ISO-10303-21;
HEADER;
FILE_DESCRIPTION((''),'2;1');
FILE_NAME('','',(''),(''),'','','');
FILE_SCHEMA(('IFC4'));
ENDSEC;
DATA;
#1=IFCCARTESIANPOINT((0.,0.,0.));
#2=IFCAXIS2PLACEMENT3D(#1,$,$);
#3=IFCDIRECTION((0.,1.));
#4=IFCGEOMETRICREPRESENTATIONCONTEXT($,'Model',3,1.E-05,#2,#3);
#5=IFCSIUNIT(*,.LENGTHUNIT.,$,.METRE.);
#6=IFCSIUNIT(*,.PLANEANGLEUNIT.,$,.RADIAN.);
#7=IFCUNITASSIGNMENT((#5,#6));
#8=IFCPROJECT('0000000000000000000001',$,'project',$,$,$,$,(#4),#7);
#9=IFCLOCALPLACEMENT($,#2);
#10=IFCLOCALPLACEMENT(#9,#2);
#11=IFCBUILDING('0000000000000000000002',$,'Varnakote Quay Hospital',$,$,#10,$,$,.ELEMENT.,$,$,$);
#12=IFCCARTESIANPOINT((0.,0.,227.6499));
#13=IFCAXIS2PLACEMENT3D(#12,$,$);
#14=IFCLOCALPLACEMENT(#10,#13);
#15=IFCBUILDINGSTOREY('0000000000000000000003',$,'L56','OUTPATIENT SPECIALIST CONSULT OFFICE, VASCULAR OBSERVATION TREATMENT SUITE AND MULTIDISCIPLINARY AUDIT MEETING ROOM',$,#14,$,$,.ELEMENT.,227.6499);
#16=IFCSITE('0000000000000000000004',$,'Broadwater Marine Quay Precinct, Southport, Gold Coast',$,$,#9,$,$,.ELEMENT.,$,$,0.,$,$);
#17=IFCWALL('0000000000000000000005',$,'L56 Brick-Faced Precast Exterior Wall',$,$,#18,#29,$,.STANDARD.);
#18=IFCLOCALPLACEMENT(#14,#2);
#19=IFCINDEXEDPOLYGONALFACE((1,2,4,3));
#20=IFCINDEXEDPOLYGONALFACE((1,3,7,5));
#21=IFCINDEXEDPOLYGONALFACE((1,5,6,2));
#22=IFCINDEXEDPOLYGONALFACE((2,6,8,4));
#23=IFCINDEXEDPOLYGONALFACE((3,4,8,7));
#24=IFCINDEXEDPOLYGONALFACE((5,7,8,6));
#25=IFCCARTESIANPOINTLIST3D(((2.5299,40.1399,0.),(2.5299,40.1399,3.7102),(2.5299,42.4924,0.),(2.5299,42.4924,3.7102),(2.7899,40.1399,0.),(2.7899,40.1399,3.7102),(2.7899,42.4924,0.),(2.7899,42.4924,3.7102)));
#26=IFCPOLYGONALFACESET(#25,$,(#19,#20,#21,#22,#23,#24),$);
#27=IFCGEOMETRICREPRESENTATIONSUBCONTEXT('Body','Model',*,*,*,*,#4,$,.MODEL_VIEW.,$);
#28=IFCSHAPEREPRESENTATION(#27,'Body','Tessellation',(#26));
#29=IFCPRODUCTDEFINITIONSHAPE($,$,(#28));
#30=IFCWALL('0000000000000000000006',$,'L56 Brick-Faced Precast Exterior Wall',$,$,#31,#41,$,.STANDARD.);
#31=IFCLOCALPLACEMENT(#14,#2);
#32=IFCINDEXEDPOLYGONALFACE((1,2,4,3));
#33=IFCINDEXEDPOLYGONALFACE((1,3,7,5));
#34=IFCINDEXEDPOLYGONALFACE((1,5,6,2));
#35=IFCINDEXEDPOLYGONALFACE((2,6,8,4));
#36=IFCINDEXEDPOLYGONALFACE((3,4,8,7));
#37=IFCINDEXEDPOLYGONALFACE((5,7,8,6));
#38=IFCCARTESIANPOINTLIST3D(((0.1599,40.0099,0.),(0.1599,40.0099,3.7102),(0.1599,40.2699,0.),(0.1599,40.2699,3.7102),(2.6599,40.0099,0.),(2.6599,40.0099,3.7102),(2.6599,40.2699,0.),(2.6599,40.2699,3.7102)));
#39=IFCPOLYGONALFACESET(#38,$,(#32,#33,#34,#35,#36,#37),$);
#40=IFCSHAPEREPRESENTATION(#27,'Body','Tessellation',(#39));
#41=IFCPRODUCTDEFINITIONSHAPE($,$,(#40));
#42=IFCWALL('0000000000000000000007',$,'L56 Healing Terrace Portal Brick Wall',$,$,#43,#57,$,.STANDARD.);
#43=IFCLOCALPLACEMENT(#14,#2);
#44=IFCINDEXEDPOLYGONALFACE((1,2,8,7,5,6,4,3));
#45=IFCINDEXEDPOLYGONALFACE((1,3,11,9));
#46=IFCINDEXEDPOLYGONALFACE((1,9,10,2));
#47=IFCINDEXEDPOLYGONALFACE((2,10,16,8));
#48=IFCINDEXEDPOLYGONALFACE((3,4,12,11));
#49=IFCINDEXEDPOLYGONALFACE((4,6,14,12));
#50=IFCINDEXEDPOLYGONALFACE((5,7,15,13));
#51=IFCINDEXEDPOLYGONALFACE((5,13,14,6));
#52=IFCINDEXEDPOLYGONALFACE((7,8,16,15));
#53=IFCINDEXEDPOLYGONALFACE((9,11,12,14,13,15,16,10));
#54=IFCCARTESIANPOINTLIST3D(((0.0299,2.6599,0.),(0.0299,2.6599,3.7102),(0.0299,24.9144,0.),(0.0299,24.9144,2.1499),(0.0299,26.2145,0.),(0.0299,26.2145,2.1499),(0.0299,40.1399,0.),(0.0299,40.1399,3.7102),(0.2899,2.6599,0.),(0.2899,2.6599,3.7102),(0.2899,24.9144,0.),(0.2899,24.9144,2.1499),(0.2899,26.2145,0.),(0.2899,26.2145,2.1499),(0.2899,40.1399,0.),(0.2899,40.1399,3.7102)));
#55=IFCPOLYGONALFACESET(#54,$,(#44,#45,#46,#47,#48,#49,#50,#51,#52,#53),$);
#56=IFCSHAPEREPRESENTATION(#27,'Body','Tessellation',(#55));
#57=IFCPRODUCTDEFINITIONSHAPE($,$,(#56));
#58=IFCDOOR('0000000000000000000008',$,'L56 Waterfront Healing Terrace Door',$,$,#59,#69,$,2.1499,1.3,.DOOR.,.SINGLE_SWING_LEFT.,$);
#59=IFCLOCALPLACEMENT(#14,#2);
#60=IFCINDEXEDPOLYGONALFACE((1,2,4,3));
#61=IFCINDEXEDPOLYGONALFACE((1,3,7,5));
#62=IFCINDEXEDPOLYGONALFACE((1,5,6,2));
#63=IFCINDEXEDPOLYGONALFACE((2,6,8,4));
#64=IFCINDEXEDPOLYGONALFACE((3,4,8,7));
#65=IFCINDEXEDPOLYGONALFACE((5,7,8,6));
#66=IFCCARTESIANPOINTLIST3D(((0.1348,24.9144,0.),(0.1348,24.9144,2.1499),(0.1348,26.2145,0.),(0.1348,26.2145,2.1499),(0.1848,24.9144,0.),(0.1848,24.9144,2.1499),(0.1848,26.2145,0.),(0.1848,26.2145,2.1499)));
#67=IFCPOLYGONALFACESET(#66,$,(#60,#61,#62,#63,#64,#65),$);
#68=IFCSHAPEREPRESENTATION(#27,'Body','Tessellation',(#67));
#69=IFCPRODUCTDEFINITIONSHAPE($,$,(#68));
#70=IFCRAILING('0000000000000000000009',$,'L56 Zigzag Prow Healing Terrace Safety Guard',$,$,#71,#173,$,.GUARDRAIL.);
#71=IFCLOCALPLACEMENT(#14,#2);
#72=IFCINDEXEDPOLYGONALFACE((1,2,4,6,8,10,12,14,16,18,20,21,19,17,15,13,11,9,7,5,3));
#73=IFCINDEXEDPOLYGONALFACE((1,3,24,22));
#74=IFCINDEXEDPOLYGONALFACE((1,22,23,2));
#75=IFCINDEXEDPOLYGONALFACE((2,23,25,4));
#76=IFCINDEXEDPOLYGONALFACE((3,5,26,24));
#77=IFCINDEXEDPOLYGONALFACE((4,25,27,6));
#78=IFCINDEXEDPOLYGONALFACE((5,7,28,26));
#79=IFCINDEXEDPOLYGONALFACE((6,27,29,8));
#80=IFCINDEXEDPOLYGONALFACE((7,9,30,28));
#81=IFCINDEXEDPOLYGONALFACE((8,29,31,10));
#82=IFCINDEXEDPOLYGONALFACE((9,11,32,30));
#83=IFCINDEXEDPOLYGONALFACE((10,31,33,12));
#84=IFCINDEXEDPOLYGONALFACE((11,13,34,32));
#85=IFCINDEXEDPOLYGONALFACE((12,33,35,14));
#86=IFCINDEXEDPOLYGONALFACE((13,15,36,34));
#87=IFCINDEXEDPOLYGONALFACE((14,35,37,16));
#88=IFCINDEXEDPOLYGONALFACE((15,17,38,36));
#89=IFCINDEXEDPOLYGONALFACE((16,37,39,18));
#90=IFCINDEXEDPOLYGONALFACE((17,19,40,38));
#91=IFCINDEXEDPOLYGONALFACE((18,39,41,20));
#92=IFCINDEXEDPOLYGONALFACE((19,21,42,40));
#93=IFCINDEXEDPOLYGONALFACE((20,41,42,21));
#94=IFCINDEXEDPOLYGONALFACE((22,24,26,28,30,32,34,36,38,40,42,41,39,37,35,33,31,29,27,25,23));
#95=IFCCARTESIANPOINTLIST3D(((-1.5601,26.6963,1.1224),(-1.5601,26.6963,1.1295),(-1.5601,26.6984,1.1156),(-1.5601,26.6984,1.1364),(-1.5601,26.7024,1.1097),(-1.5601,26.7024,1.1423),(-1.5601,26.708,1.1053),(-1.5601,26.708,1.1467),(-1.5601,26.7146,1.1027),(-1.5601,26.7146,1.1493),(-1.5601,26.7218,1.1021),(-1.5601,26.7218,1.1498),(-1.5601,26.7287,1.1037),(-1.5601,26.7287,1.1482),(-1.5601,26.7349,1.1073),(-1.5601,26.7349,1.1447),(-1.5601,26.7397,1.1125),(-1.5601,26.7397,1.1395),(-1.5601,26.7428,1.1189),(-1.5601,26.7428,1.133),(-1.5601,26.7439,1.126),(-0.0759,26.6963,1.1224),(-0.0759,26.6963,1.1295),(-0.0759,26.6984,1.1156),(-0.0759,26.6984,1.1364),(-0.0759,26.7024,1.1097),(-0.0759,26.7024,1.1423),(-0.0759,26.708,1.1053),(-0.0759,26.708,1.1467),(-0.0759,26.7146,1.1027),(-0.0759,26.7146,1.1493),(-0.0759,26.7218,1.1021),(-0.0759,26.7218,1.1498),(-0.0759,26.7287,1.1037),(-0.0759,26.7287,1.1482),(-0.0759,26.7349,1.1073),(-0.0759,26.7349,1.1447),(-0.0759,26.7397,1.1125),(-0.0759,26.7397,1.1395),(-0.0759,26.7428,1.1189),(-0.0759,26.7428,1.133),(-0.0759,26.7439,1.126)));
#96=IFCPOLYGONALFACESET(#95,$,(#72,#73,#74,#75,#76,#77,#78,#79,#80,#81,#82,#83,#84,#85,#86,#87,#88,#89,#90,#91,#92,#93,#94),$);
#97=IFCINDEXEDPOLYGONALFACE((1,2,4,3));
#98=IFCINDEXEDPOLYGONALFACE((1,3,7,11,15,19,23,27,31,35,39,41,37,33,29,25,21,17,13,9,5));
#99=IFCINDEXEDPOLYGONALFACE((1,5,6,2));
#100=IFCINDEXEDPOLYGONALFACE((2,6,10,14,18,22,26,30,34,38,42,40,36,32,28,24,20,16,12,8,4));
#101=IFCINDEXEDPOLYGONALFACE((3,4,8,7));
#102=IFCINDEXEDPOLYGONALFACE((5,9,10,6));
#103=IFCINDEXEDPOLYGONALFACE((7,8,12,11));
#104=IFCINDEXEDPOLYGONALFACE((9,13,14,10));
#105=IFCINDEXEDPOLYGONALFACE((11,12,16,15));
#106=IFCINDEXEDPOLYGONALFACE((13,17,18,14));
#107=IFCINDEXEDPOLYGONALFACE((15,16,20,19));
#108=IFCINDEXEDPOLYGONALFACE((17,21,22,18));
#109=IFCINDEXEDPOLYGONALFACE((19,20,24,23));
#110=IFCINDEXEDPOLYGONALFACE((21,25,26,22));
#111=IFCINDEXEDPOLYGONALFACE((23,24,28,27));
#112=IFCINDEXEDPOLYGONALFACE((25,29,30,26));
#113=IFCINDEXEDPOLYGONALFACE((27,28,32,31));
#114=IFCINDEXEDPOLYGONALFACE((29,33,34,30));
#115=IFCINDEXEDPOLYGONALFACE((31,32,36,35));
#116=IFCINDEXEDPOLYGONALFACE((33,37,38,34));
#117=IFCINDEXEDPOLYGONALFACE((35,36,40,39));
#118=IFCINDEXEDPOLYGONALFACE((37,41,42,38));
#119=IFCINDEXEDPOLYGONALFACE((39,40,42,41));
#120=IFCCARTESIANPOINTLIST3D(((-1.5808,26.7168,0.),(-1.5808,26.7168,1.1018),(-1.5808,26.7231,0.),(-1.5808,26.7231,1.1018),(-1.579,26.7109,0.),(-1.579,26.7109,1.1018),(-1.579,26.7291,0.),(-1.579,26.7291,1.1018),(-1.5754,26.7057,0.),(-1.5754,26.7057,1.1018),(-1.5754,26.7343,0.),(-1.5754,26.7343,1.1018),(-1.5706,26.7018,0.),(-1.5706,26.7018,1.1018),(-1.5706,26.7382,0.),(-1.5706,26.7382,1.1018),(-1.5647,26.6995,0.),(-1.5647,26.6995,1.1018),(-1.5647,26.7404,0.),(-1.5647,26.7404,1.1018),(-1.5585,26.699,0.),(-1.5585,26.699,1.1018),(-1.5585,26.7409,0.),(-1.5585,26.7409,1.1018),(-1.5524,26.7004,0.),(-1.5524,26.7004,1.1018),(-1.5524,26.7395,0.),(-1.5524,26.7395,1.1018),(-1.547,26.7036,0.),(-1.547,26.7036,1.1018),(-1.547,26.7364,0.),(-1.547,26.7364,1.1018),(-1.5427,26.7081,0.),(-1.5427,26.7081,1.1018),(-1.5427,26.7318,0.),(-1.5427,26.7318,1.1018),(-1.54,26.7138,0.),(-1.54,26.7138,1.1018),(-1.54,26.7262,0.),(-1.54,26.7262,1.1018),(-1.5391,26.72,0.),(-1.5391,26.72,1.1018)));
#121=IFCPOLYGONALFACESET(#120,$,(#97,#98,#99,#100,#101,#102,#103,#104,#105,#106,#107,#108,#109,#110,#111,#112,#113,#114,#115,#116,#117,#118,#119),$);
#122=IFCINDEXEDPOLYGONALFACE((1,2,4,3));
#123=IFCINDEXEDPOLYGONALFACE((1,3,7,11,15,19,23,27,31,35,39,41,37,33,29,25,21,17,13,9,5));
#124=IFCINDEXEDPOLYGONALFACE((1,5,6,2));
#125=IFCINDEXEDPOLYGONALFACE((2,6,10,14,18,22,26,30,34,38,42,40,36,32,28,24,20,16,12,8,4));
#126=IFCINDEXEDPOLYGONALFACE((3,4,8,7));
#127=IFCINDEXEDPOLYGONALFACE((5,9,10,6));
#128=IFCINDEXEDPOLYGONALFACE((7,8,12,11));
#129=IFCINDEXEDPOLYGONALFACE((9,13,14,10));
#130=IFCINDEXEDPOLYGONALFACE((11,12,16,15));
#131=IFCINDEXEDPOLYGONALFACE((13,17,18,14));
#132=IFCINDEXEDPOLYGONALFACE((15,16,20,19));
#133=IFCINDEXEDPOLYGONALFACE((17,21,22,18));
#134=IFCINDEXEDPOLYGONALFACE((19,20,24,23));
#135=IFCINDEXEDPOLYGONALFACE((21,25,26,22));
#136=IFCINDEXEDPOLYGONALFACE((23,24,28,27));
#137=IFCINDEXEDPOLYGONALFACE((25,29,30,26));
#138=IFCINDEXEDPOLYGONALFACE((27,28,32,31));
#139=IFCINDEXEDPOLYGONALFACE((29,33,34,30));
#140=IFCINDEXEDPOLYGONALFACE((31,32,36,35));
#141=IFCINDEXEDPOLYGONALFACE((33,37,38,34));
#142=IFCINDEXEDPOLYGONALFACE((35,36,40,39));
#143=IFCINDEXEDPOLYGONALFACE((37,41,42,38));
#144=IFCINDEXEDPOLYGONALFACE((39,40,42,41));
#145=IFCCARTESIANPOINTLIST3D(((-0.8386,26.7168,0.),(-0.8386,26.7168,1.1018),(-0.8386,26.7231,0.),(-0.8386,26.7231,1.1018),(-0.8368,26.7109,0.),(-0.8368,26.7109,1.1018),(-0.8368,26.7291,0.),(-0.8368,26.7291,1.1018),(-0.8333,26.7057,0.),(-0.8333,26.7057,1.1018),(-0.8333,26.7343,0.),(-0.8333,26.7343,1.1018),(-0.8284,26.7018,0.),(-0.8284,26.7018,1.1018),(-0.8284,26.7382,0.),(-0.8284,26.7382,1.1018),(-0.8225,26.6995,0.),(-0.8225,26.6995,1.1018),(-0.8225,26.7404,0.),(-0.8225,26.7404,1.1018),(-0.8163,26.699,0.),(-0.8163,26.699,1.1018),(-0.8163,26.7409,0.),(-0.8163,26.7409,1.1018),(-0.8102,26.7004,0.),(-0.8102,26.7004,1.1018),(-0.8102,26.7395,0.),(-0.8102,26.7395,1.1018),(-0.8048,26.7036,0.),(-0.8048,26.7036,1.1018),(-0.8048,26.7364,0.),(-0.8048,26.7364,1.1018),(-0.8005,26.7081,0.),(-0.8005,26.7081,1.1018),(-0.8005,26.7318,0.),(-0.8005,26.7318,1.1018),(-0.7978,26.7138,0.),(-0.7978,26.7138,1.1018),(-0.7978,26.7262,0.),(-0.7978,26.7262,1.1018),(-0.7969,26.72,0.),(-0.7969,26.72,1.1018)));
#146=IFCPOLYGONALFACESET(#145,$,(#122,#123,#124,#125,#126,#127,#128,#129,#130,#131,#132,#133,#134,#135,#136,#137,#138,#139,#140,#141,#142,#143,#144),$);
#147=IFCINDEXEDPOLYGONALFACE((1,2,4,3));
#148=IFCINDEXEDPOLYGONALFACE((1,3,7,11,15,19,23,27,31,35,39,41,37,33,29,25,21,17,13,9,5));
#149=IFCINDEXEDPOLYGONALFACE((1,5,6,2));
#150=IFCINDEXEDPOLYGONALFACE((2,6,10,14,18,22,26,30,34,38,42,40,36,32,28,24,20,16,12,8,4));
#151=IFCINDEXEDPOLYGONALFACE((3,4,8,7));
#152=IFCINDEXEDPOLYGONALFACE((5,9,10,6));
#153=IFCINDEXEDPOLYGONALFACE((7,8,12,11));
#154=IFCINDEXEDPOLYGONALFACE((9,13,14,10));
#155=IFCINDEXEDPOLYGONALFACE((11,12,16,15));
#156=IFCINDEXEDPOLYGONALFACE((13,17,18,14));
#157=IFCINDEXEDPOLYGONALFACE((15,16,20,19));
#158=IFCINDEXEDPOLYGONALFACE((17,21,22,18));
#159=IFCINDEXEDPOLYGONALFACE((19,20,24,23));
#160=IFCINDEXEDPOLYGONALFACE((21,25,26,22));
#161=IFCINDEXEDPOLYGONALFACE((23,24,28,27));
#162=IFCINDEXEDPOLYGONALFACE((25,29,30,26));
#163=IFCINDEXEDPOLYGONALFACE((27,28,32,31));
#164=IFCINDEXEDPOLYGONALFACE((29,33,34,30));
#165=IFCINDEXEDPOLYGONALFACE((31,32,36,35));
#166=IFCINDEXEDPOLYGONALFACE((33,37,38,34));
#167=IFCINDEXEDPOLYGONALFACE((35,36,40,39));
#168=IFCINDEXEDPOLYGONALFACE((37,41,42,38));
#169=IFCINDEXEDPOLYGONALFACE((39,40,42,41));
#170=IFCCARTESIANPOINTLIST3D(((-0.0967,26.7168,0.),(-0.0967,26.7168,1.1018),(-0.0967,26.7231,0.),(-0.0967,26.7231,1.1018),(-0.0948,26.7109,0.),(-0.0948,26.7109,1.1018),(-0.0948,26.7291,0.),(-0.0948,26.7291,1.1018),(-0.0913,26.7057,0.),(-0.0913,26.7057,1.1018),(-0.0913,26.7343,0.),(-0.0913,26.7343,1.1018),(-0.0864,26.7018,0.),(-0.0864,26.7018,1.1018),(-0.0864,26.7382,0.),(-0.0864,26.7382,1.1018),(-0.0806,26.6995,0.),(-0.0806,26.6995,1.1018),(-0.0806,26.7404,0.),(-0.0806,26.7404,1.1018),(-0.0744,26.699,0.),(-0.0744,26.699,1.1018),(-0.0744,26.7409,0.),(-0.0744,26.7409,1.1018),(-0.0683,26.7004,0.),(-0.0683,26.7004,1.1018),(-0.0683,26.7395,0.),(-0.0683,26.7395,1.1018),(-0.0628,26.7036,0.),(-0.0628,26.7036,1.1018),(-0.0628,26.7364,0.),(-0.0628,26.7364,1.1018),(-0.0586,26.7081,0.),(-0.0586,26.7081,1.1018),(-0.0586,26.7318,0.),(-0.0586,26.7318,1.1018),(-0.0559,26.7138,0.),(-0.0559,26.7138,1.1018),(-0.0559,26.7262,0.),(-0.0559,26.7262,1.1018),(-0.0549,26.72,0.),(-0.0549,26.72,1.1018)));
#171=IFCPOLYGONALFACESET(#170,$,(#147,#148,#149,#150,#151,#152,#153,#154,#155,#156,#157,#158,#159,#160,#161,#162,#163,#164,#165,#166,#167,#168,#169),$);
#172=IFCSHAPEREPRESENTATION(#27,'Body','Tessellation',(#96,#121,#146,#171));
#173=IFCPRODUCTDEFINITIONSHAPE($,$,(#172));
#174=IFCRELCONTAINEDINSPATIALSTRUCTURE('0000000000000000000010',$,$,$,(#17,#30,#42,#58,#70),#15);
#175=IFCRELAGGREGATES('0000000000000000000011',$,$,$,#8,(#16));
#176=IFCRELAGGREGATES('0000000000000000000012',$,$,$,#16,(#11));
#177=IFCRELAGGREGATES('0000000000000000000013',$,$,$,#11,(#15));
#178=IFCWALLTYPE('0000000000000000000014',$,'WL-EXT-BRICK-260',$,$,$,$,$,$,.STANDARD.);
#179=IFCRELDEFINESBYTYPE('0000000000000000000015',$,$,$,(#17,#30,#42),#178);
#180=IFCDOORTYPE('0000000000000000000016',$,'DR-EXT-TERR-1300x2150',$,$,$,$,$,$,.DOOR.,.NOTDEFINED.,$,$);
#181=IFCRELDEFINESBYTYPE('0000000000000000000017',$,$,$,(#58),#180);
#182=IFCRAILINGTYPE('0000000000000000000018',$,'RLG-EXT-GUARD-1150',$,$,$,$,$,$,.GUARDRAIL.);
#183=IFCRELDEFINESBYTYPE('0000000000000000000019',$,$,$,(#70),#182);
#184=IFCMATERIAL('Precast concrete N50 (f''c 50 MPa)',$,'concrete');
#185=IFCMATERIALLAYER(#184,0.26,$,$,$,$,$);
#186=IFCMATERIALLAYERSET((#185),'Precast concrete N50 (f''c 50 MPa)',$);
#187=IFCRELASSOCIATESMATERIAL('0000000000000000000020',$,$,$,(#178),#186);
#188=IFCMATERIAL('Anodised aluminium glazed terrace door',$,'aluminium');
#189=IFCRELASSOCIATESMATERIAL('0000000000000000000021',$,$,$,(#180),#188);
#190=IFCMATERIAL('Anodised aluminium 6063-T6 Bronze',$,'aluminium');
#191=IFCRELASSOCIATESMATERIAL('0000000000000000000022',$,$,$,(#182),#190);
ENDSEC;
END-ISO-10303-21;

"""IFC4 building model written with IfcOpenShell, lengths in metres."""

from ifc_helpers import new_model, si_unit, direction, frame, frame_2d, origin, origin_2d, place, context, subcontext, project, spatial, rectangle, circle, extrude, material, layer, layer_set, type_object, element, fill, save


model = new_model("IFC4")

# Units and contexts
model_context = context("Model", 3, precision=1e-05, world=origin(), true_north=direction((0.0, 1.0)))
body_context = subcontext(model_context, "Body", "Model", "MODEL_VIEW")
ifc_project = project(units=[si_unit("LENGTHUNIT", "METRE"), si_unit("PLANEANGLEUNIT", "RADIAN")], contexts=[model_context])

# Site, building, storey
site_placement = place(None, origin())
site = spatial("IfcSite", under=ifc_project, at=site_placement, Name="Broadwater Marine Quay Precinct, Southport, Gold Coast", CompositionType="ELEMENT", RefElevation=0.0)
building_placement = place(site_placement, origin())
building = spatial("IfcBuilding", under=site, at=building_placement, Name="Varnakote Quay Hospital", CompositionType="ELEMENT")
storey_placement = place(building_placement, frame((0.0, 0.0, 227.6499)))
storey = spatial("IfcBuildingStorey", under=building, at=storey_placement, Name="L56", Description="OUTPATIENT SPECIALIST CONSULT OFFICE, VASCULAR OBSERVATION TREATMENT SUITE AND MULTIDISCIPLINARY AUDIT MEETING ROOM", CompositionType="ELEMENT", Elevation=227.6499)

# Walls
ifc_material_1 = material(Name="Precast concrete N50 (f'c 50 MPa)", Category="concrete")
ifc_layer = layer(ifc_material_1, 0.26)
ifc_layer_set = layer_set([ifc_layer], Name="Precast concrete N50 (f'c 50 MPa)")
wall_type = type_object("IfcWallType", Name="WL-EXT-BRICK-260", PredefinedType="STANDARD", material=ifc_layer_set)
wall_1_placement = place(storey_placement, frame((2.6599, 42.4924, 0.0), z_axis=(0.0, 0.0, 1.0), x_axis=(0.0, -1.0, 0.0)))
element("IfcWall", 1, at=wall_1_placement, inside=storey, type_object=wall_type, Name="L56 Brick-Faced Precast Exterior Wall", PredefinedType="STANDARD", context=body_context, shape_type="SweptSolid", body=[
    extrude(rectangle(XDim=2.3525, YDim=0.26, at=frame_2d((1.1763, 0.0))), origin(), (0.0, 0.0, 1.0), 3.7102),
])
wall_2_placement = place(storey_placement, frame((2.6599, 40.1399, 0.0), z_axis=(0.0, 0.0, 1.0), x_axis=(-1.0, 0.0, 0.0)))
element("IfcWall", 2, at=wall_2_placement, inside=storey, type_object=wall_type, Name="L56 Brick-Faced Precast Exterior Wall", PredefinedType="STANDARD", context=body_context, shape_type="SweptSolid", body=[
    extrude(rectangle(XDim=2.5, YDim=0.26, at=frame_2d((1.25, 0.0))), origin(), (0.0, 0.0, 1.0), 3.7102),
])

# Wall, opening, door
wall_3_placement = place(storey_placement, frame((0.1599, 40.1399, 0.0), z_axis=(0.0, 0.0, 1.0), x_axis=(0.0, -1.0, 0.0)))
wall_3 = element("IfcWall", 3, at=wall_3_placement, inside=storey, type_object=wall_type, Name="L56 Healing Terrace Portal Brick Wall", PredefinedType="STANDARD", context=body_context, shape_type="SweptSolid", body=[
    extrude(rectangle(XDim=37.48, YDim=0.26, at=frame_2d((18.74, 0.0))), origin(), (0.0, 0.0, 1.0), 3.7102),
])
opening_placement = place(wall_3_placement, frame((13.9255, 0.0, 0.0)))
opening = element("IfcOpeningElement", 4, at=opening_placement, cuts=wall_3, PredefinedType="OPENING", context=body_context, shape_type="SweptSolid", body=[
    extrude(rectangle(XDim=1.3, YDim=2.1499, at=frame_2d((0.6499, 1.075))), frame((0.0, 0.1399, 0.0), z_axis=(0.0, -1.0, 0.0), x_axis=(1.0, 0.0, 0.0)), (0.0, 0.0, 1.0), 0.28),
])
ifc_material_2 = material(Name="Anodised aluminium glazed terrace door", Category="aluminium")
door_type = type_object("IfcDoorType", Name="DR-EXT-TERR-1300x2150", OperationType="NOTDEFINED", PredefinedType="DOOR", material=ifc_material_2)
door_placement = place(opening_placement, origin())
door = element("IfcDoor", 5, at=door_placement, inside=storey, type_object=door_type, Name="L56 Waterfront Healing Terrace Door", OperationType="SINGLE_SWING_LEFT", OverallHeight=2.1499, OverallWidth=1.3, PredefinedType="DOOR", context=body_context, shape_type="SweptSolid", body=[
    extrude(rectangle(XDim=1.3, YDim=2.1499, at=frame_2d((0.6499, 1.075))), frame((0.0, 0.0249, 0.0), z_axis=(0.0, -1.0, 0.0), x_axis=(1.0, 0.0, 0.0)), (0.0, 0.0, 1.0), 0.05),
])
fill(opening, door)

# Railing
ifc_material_3 = material(Name="Anodised aluminium 6063-T6 Bronze", Category="aluminium")
railing_type = type_object("IfcRailingType", Name="RLG-EXT-GUARD-1150", PredefinedType="GUARDRAIL", material=ifc_material_3)
railing_1_placement = place(storey_placement, frame((-1.5601, 26.72, 0.0)))
element("IfcRailing", 6, at=railing_1_placement, inside=storey, type_object=railing_type, Name="L56 Zigzag Prow Healing Terrace Safety Guard", PredefinedType="GUARDRAIL", context=body_context, shape_type="SweptSolid", body=[
    extrude(circle(Radius=0.0239, at=origin_2d()), frame((0.0, 0.0, 1.126), z_axis=(1.0, 0.0, 0.0), x_axis=(0.0, 1.0, 0.0)), (0.0, 0.0, 1.0), 1.4841),
    extrude(circle(Radius=0.021, at=origin_2d()), origin(), (0.0, 0.0, 1.0), 1.1018),
    extrude(circle(Radius=0.021, at=origin_2d()), frame((0.7422, 0.0, 0.0)), (0.0, 0.0, 1.0), 1.1018),
    extrude(circle(Radius=0.021, at=origin_2d()), frame((1.4841, 0.0, 0.0)), (0.0, 0.0, 1.0), 1.1018),
])

save(model, "model.ifc")
